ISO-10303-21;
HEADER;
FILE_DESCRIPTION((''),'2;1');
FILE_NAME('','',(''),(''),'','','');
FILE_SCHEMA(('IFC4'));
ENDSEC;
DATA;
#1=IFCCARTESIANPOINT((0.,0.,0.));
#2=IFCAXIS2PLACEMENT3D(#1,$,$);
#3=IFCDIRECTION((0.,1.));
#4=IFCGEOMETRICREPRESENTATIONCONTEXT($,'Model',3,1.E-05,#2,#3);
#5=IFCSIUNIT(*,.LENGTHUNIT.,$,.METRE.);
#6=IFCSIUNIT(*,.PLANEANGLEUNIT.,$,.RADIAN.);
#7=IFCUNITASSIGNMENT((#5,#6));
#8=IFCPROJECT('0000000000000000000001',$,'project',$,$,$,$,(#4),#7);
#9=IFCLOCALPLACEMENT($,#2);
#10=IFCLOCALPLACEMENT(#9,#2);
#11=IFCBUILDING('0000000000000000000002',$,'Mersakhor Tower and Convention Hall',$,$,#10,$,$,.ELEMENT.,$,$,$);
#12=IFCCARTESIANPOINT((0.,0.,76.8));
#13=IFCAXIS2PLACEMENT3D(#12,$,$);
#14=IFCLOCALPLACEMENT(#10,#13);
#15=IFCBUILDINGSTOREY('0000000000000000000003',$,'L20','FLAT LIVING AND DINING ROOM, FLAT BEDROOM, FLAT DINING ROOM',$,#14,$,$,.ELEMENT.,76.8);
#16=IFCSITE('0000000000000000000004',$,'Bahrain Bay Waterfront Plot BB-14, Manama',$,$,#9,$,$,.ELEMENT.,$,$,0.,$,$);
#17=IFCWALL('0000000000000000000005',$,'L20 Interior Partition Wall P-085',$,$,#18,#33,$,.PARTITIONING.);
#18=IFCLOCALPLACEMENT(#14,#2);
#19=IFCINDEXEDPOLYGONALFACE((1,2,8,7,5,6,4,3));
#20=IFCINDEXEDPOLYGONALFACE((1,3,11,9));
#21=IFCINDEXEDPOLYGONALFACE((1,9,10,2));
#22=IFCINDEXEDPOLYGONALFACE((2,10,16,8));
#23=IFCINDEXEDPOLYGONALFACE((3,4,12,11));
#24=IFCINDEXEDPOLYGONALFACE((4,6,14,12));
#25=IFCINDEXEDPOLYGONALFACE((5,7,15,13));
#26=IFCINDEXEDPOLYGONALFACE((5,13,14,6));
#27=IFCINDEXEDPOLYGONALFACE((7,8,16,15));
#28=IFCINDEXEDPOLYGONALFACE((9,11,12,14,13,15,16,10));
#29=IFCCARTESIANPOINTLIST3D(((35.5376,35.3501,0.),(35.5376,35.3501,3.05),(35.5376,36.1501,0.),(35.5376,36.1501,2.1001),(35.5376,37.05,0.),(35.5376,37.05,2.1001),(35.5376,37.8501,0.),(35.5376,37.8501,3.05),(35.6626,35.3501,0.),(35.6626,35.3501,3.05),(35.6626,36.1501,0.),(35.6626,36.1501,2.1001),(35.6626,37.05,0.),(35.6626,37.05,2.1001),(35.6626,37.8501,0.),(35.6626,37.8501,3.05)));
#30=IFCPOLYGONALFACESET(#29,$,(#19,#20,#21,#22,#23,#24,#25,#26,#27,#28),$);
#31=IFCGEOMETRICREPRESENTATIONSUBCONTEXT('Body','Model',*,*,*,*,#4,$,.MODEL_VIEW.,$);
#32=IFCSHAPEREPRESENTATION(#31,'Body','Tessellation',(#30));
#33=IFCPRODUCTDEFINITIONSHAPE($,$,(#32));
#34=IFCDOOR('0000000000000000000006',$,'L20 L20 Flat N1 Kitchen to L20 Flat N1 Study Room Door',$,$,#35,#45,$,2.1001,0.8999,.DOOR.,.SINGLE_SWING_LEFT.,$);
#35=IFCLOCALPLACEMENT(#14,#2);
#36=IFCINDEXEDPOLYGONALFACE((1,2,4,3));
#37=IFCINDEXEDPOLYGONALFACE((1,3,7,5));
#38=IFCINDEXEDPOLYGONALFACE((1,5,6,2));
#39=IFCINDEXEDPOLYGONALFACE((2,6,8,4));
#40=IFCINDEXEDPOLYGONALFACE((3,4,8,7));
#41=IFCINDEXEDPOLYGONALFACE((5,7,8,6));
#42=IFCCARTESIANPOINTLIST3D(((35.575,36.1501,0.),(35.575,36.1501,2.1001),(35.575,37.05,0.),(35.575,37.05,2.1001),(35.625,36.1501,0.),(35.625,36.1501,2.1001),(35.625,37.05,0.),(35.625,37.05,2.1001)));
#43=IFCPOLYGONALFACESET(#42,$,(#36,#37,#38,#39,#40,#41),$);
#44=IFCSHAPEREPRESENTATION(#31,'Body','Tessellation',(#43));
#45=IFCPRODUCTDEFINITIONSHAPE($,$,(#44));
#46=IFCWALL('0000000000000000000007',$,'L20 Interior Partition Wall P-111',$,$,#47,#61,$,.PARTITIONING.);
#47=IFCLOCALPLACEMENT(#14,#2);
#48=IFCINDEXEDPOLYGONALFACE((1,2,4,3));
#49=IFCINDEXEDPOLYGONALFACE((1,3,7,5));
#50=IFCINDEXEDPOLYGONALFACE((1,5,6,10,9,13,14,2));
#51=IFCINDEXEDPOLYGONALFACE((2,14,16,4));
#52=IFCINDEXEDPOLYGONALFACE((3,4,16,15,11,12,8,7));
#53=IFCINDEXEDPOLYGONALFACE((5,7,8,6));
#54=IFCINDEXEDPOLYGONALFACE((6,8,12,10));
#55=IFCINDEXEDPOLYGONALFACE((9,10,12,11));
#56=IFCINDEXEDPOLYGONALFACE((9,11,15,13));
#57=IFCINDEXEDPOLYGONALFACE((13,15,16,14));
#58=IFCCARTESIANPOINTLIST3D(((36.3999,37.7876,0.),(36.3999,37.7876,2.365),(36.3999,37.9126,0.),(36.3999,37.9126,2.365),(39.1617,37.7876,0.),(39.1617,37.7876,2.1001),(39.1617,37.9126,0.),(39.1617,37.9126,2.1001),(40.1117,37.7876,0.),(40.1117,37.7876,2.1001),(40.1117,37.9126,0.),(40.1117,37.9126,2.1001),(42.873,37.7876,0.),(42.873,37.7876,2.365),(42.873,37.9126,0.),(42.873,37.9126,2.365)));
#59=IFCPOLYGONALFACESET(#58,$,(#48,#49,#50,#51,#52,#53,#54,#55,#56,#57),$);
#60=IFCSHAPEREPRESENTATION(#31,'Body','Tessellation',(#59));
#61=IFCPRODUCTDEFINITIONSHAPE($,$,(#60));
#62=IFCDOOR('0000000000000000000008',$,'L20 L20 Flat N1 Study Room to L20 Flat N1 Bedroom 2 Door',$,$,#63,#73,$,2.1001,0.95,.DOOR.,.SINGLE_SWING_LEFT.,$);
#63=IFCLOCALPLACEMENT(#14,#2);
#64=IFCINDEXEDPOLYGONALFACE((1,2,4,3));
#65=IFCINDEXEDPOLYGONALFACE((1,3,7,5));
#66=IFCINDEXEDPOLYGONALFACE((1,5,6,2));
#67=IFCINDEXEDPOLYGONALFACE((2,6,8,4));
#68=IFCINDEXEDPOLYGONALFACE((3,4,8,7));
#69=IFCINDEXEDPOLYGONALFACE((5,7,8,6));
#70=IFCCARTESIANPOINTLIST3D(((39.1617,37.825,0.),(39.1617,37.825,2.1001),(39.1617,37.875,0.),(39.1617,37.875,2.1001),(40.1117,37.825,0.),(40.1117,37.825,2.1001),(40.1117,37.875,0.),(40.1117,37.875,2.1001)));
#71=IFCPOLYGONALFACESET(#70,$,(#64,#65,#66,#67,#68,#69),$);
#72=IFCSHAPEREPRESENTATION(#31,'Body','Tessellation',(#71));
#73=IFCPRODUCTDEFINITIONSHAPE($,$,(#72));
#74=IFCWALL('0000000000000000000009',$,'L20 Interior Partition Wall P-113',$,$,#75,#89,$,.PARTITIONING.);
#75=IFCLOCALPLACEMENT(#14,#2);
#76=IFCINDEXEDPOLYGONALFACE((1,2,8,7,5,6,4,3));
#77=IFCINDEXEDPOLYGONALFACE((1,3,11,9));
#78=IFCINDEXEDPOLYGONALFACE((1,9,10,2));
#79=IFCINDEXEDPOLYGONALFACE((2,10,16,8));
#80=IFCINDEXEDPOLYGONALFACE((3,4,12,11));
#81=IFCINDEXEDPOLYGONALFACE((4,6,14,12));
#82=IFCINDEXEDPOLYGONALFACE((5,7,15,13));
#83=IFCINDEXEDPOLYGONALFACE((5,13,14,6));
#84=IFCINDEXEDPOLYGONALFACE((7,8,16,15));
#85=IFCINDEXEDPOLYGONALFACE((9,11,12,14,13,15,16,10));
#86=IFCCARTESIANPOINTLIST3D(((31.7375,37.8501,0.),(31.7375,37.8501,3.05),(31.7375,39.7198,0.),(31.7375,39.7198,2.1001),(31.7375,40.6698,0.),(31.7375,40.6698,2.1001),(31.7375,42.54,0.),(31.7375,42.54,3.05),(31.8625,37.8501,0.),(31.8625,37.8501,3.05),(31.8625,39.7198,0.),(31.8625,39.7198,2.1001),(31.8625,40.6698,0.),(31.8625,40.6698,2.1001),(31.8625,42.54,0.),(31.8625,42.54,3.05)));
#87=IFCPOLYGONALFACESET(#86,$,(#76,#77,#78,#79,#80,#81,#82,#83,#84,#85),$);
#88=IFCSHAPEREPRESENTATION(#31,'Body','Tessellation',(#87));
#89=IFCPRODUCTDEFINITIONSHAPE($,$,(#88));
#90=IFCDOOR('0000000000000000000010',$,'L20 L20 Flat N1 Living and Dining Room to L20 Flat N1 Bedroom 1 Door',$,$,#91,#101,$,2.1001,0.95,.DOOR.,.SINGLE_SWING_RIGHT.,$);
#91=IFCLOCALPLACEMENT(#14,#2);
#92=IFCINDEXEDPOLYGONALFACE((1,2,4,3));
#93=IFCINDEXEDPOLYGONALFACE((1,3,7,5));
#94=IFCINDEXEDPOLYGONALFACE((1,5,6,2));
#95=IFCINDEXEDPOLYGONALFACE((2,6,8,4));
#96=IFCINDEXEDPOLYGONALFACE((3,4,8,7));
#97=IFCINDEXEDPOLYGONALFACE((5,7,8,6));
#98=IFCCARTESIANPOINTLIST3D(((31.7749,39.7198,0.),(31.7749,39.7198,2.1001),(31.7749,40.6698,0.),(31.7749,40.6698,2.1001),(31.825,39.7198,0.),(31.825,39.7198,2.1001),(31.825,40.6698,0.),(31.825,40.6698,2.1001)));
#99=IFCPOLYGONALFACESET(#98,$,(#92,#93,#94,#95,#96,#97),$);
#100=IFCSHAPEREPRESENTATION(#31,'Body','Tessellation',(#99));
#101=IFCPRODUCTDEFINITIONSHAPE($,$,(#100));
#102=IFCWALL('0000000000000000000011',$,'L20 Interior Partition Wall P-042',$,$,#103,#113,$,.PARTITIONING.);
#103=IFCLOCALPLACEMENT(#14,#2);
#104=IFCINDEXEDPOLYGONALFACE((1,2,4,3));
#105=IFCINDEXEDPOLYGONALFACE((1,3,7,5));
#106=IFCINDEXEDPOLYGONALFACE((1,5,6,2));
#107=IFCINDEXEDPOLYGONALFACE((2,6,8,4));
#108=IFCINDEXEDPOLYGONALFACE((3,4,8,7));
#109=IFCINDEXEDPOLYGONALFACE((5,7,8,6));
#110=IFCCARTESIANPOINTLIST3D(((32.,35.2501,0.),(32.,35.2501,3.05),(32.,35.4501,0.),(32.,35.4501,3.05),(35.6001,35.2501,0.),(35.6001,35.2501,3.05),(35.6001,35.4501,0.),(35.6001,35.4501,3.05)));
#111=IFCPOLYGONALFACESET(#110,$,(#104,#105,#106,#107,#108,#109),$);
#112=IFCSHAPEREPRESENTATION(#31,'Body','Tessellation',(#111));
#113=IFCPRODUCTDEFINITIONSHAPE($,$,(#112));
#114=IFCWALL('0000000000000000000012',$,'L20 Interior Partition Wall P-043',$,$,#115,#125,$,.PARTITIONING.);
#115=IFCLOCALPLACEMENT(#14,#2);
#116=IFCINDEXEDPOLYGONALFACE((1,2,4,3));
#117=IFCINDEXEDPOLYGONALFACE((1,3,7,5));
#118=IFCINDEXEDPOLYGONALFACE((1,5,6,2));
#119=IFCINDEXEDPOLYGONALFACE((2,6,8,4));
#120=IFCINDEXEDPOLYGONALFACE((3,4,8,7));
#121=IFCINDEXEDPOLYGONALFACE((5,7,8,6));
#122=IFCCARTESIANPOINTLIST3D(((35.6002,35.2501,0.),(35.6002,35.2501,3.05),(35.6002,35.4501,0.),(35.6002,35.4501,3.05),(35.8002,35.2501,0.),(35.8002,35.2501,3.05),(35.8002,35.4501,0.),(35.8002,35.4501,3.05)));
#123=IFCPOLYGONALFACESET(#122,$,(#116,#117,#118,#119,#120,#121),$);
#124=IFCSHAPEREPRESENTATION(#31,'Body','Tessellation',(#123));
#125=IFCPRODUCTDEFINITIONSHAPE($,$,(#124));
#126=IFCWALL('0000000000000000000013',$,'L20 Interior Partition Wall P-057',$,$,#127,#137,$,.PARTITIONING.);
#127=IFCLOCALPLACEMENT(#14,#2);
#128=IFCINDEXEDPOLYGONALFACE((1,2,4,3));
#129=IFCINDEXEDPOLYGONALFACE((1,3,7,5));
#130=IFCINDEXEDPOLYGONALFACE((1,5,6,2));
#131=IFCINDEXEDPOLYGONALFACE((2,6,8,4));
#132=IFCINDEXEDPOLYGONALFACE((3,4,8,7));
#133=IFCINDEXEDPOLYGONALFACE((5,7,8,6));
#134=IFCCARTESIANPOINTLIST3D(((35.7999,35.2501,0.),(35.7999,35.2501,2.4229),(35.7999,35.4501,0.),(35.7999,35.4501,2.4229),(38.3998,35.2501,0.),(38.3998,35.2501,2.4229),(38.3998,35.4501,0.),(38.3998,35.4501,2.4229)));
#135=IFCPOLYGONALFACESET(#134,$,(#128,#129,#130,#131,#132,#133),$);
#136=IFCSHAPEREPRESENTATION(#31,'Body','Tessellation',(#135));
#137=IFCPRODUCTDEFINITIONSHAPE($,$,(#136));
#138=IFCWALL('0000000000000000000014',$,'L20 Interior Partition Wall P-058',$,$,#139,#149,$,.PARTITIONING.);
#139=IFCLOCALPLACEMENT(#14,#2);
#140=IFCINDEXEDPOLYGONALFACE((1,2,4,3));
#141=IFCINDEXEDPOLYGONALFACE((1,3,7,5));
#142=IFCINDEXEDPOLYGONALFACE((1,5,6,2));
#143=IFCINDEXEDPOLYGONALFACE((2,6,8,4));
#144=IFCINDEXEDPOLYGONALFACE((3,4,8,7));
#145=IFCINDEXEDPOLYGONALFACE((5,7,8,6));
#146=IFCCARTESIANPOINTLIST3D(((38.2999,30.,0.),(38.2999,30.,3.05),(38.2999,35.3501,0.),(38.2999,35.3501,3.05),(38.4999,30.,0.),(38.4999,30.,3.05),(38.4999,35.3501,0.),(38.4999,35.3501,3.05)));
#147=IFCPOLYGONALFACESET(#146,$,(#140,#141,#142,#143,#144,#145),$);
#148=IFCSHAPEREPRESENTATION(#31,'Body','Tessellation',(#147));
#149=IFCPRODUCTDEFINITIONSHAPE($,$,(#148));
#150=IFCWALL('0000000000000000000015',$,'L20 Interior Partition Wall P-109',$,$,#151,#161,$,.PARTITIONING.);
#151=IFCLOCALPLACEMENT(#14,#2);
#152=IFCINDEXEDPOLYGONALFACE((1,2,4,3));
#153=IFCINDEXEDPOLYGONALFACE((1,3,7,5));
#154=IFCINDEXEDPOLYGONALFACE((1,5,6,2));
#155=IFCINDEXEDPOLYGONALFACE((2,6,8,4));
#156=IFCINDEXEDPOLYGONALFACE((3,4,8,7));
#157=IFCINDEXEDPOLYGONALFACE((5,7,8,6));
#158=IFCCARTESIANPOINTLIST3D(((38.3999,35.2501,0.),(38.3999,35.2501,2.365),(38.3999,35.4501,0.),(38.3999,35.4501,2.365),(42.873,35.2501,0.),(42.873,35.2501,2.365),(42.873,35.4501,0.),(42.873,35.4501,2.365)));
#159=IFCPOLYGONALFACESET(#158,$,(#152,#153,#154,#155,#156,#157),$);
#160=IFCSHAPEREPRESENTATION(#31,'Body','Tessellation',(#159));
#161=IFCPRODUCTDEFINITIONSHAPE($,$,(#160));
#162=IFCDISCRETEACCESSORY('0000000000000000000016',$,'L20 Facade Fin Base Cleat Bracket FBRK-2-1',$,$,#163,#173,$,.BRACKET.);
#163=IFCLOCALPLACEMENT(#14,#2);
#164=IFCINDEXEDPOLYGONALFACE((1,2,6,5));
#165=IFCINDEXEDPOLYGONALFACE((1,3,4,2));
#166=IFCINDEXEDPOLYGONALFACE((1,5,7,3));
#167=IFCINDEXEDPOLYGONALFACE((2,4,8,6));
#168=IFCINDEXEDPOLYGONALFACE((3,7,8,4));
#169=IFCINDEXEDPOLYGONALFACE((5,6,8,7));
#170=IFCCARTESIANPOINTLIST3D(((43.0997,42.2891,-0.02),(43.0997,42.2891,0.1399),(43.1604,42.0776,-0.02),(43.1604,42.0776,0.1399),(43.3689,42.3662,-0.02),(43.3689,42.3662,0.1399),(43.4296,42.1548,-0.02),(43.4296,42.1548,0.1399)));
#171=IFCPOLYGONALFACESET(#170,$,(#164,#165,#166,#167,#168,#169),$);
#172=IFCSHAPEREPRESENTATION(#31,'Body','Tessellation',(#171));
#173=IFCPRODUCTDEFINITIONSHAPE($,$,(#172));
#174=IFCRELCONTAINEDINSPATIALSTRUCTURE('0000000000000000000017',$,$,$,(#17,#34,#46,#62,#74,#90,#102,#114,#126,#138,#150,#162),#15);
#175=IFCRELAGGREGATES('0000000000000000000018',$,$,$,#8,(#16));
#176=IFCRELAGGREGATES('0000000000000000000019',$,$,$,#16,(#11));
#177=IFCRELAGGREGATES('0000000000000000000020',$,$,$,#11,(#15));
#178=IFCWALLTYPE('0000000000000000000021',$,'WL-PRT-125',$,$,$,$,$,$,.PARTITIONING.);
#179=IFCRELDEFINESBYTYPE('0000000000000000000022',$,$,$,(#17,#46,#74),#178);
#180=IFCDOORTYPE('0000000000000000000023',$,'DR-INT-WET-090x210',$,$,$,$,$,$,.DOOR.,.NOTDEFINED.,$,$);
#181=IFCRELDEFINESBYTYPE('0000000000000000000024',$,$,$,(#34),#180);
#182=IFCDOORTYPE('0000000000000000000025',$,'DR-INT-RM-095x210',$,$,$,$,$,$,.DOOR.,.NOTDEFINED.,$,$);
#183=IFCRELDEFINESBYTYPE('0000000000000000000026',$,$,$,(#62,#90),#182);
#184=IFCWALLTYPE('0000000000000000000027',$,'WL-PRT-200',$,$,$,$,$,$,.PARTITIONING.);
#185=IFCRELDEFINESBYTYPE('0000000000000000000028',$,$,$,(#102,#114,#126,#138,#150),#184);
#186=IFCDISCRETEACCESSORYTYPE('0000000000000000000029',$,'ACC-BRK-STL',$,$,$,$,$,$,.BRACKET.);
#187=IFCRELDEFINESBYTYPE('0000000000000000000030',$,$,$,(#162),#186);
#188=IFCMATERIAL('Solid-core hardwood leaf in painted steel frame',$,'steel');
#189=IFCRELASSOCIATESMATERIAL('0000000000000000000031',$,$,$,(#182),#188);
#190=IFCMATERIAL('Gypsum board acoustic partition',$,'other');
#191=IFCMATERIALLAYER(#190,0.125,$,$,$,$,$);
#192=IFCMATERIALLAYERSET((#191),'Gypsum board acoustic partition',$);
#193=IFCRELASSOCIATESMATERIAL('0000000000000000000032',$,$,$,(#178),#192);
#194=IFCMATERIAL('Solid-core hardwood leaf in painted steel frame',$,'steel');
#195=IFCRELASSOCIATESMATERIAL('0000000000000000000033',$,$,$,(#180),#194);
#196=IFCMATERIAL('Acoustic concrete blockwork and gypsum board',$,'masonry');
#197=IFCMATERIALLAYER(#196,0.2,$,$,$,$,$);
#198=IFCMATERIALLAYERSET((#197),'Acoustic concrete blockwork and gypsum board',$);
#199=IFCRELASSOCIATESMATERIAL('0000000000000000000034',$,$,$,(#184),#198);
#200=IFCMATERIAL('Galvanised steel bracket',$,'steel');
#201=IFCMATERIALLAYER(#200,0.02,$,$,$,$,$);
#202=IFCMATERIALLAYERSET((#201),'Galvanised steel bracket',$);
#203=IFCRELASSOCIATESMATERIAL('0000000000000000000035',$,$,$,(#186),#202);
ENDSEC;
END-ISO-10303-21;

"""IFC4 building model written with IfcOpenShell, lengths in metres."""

from ifc_helpers import new_model, si_unit, direction, frame, frame_2d, origin, origin_2d, place, context, subcontext, project, spatial, rectangle, extrude, material, layer, layer_set, type_object, element, fill, save


model = new_model("IFC4")

# Units and contexts
model_context = context("Model", 3, precision=1e-05, world=origin(), true_north=direction((0.0, 1.0)))
body_context = subcontext(model_context, "Body", "Model", "MODEL_VIEW")
ifc_project = project(units=[si_unit("LENGTHUNIT", "METRE"), si_unit("PLANEANGLEUNIT", "RADIAN")], contexts=[model_context])

# Site, building, storey
site_placement = place(None, origin())
site = spatial("IfcSite", under=ifc_project, at=site_placement, Name="Bahrain Bay Waterfront Plot BB-14, Manama", CompositionType="ELEMENT", RefElevation=0.0)
building_placement = place(site_placement, origin())
building = spatial("IfcBuilding", under=site, at=building_placement, Name="Mersakhor Tower and Convention Hall", CompositionType="ELEMENT")
storey_placement = place(building_placement, frame((0.0, 0.0, 76.8)))
storey = spatial("IfcBuildingStorey", under=building, at=storey_placement, Name="L20", Description="FLAT LIVING AND DINING ROOM, FLAT BEDROOM, FLAT DINING ROOM", CompositionType="ELEMENT", Elevation=76.8)

# Shared definitions
ifc_material_1 = material(Name="Solid-core hardwood leaf in painted steel frame", Category="steel")
door_type_1 = type_object("IfcDoorType", Name="DR-INT-RM-095x210", OperationType="NOTDEFINED", PredefinedType="DOOR", material=ifc_material_1)

# Shared definitions
ifc_material_2 = material(Name="Gypsum board acoustic partition", Category="other")
ifc_layer_1 = layer(ifc_material_2, 0.125)
ifc_layer_set_1 = layer_set([ifc_layer_1], Name="Gypsum board acoustic partition")
wall_type_1 = type_object("IfcWallType", Name="WL-PRT-125", PredefinedType="PARTITIONING", material=ifc_layer_set_1)

# Walls, openings, doors
wall_1_placement = place(storey_placement, frame((35.6001, 37.8501, 0.0), z_axis=(0.0, 0.0, 1.0), x_axis=(0.0, -1.0, 0.0)))
wall_1 = element("IfcWall", 1, at=wall_1_placement, inside=storey, type_object=wall_type_1, Name="L20 Interior Partition Wall P-085", PredefinedType="PARTITIONING", context=body_context, shape_type="SweptSolid", body=[
    extrude(rectangle(XDim=2.5, YDim=0.125, at=frame_2d((1.25, 0.0))), origin(), (0.0, 0.0, 1.0), 3.05),
])
opening_1_placement = place(wall_1_placement, frame((0.8, 0.0, 0.0)))
opening_1 = element("IfcOpeningElement", 2, at=opening_1_placement, cuts=wall_1, PredefinedType="OPENING", context=body_context, shape_type="SweptSolid", body=[
    extrude(rectangle(XDim=0.8999, YDim=2.1001, at=frame_2d((0.45, 1.05))), frame((0.0, 0.0725, 0.0), z_axis=(0.0, -1.0, 0.0), x_axis=(1.0, 0.0, 0.0)), (0.0, 0.0, 1.0), 0.145),
])
ifc_material_3 = material(Name="Solid-core hardwood leaf in painted steel frame", Category="steel")
door_type_2 = type_object("IfcDoorType", Name="DR-INT-WET-090x210", OperationType="NOTDEFINED", PredefinedType="DOOR", material=ifc_material_3)
door_1_placement = place(opening_1_placement, origin())
door_1 = element("IfcDoor", 3, at=door_1_placement, inside=storey, type_object=door_type_2, Name="L20 L20 Flat N1 Kitchen to L20 Flat N1 Study Room Door", OperationType="SINGLE_SWING_LEFT", OverallHeight=2.1001, OverallWidth=0.8999, PredefinedType="DOOR", context=body_context, shape_type="SweptSolid", body=[
    extrude(rectangle(XDim=0.8999, YDim=2.1001, at=frame_2d((0.45, 1.05))), frame((0.0, 0.0249, 0.0), z_axis=(0.0, -1.0, 0.0), x_axis=(1.0, 0.0, 0.0)), (0.0, 0.0, 1.0), 0.05),
])
fill(opening_1, door_1)
wall_2_placement = place(storey_placement, frame((36.3999, 37.8501, 0.0), z_axis=(0.0, 0.0, 1.0), x_axis=(1.0, 0.0, 0.0)))
wall_2 = element("IfcWall", 4, at=wall_2_placement, inside=storey, type_object=wall_type_1, Name="L20 Interior Partition Wall P-111", PredefinedType="PARTITIONING", context=body_context, shape_type="SweptSolid", body=[
    extrude(rectangle(XDim=6.4731, YDim=0.125, at=frame_2d((3.2366, 0.0))), origin(), (0.0, 0.0, 1.0), 2.365),
])
opening_2_placement = place(wall_2_placement, frame((2.7617, 0.0, 0.0)))
opening_2 = element("IfcOpeningElement", 5, at=opening_2_placement, cuts=wall_2, PredefinedType="OPENING", context=body_context, shape_type="SweptSolid", body=[
    extrude(rectangle(XDim=0.95, YDim=2.1001, at=frame_2d((0.4751, 1.05))), frame((0.0, 0.0725, 0.0), z_axis=(0.0, -1.0, 0.0), x_axis=(1.0, 0.0, 0.0)), (0.0, 0.0, 1.0), 0.145),
])
door_2_placement = place(opening_2_placement, origin())
door_2 = element("IfcDoor", 6, at=door_2_placement, inside=storey, type_object=door_type_1, Name="L20 L20 Flat N1 Study Room to L20 Flat N1 Bedroom 2 Door", OperationType="SINGLE_SWING_LEFT", OverallHeight=2.1001, OverallWidth=0.95, PredefinedType="DOOR", context=body_context, shape_type="SweptSolid", body=[
    extrude(rectangle(XDim=0.95, YDim=2.1001, at=frame_2d((0.4751, 1.05))), frame((0.0, 0.0249, 0.0), z_axis=(0.0, -1.0, 0.0), x_axis=(1.0, 0.0, 0.0)), (0.0, 0.0, 1.0), 0.05),
])
fill(opening_2, door_2)
wall_3_placement = place(storey_placement, frame((31.8, 42.54, 0.0), z_axis=(0.0, 0.0, 1.0), x_axis=(0.0, -1.0, 0.0)))
wall_3 = element("IfcWall", 7, at=wall_3_placement, inside=storey, type_object=wall_type_1, Name="L20 Interior Partition Wall P-113", PredefinedType="PARTITIONING", context=body_context, shape_type="SweptSolid", body=[
    extrude(rectangle(XDim=4.6899, YDim=0.125, at=frame_2d((2.345, 0.0))), origin(), (0.0, 0.0, 1.0), 3.05),
])
opening_3_placement = place(wall_3_placement, frame((1.8701, 0.0, 0.0)))
opening_3 = element("IfcOpeningElement", 8, at=opening_3_placement, cuts=wall_3, PredefinedType="OPENING", context=body_context, shape_type="SweptSolid", body=[
    extrude(rectangle(XDim=0.95, YDim=2.1001, at=frame_2d((0.4751, 1.05))), frame((0.0, 0.0725, 0.0), z_axis=(0.0, -1.0, 0.0), x_axis=(1.0, 0.0, 0.0)), (0.0, 0.0, 1.0), 0.145),
])
door_3_placement = place(opening_3_placement, origin())
door_3 = element("IfcDoor", 9, at=door_3_placement, inside=storey, type_object=door_type_1, Name="L20 L20 Flat N1 Living and Dining Room to L20 Flat N1 Bedroom 1 Door", OperationType="SINGLE_SWING_RIGHT", OverallHeight=2.1001, OverallWidth=0.95, PredefinedType="DOOR", context=body_context, shape_type="SweptSolid", body=[
    extrude(rectangle(XDim=0.95, YDim=2.1001, at=frame_2d((0.4751, 1.05))), frame((0.0, 0.0249, 0.0), z_axis=(0.0, -1.0, 0.0), x_axis=(1.0, 0.0, 0.0)), (0.0, 0.0, 1.0), 0.05),
])
fill(opening_3, door_3)

# Walls
ifc_material_4 = material(Name="Acoustic concrete blockwork and gypsum board", Category="masonry")
ifc_layer_2 = layer(ifc_material_4, 0.2)
ifc_layer_set_2 = layer_set([ifc_layer_2], Name="Acoustic concrete blockwork and gypsum board")
wall_type_2 = type_object("IfcWallType", Name="WL-PRT-200", PredefinedType="PARTITIONING", material=ifc_layer_set_2)
wall_4_placement = place(storey_placement, frame((32.0, 35.3501, 0.0), z_axis=(0.0, 0.0, 1.0), x_axis=(1.0, 0.0, 0.0)))
element("IfcWall", 10, at=wall_4_placement, inside=storey, type_object=wall_type_2, Name="L20 Interior Partition Wall P-042", PredefinedType="PARTITIONING", context=body_context, shape_type="SweptSolid", body=[
    extrude(rectangle(XDim=3.6001, YDim=0.2, at=frame_2d((1.8, 0.0))), origin(), (0.0, 0.0, 1.0), 3.05),
])
wall_5_placement = place(storey_placement, frame((35.6001, 35.3501, 0.0), z_axis=(0.0, 0.0, 1.0), x_axis=(1.0, 0.0, 0.0)))
element("IfcWall", 11, at=wall_5_placement, inside=storey, type_object=wall_type_2, Name="L20 Interior Partition Wall P-043", PredefinedType="PARTITIONING", context=body_context, shape_type="SweptSolid", body=[
    extrude(rectangle(XDim=0.2, YDim=0.2, at=frame_2d((0.1001, 0.0))), origin(), (0.0, 0.0, 1.0), 3.05),
])

# Walls
wall_6_placement = place(storey_placement, frame((35.8, 35.3501, 0.0), z_axis=(0.0, 0.0, 1.0), x_axis=(1.0, 0.0, 0.0)))
element("IfcWall", 12, at=wall_6_placement, inside=storey, type_object=wall_type_2, Name="L20 Interior Partition Wall P-057", PredefinedType="PARTITIONING", context=body_context, shape_type="SweptSolid", body=[
    extrude(rectangle(XDim=2.5999, YDim=0.2, at=frame_2d((1.2998, 0.0))), origin(), (0.0, 0.0, 1.0), 2.4229),
])
wall_7_placement = place(storey_placement, frame((38.3999, 35.3501, 0.0), z_axis=(0.0, 0.0, 1.0), x_axis=(0.0, -1.0, 0.0)))
element("IfcWall", 13, at=wall_7_placement, inside=storey, type_object=wall_type_2, Name="L20 Interior Partition Wall P-058", PredefinedType="PARTITIONING", context=body_context, shape_type="SweptSolid", body=[
    extrude(rectangle(XDim=5.3501, YDim=0.2, at=frame_2d((2.675, 0.0))), origin(), (0.0, 0.0, 1.0), 3.05),
])
wall_8_placement = place(storey_placement, frame((42.873, 35.3501, 0.0), z_axis=(0.0, 0.0, 1.0), x_axis=(-1.0, 0.0, 0.0)))
element("IfcWall", 14, at=wall_8_placement, inside=storey, type_object=wall_type_2, Name="L20 Interior Partition Wall P-109", PredefinedType="PARTITIONING", context=body_context, shape_type="SweptSolid", body=[
    extrude(rectangle(XDim=4.4731, YDim=0.2, at=frame_2d((2.2366, 0.0))), origin(), (0.0, 0.0, 1.0), 2.365),
])

# Discrete accessory
ifc_material_5 = material(Name="Galvanised steel bracket", Category="steel")
ifc_layer_3 = layer(ifc_material_5, 0.02)
ifc_layer_set_3 = layer_set([ifc_layer_3], Name="Galvanised steel bracket")
discrete_accessory_type = type_object("IfcDiscreteAccessoryType", Name="ACC-BRK-STL", PredefinedType="BRACKET", material=ifc_layer_set_3)
for number, where, z_axis, x_axis, name in (
    (15, (43.2646, 42.2219, -0.02), (0.0, 0.0, 1.0), (0.961262, 0.275637, 0.0), "L20 Facade Fin Base Cleat Bracket FBRK-2-1"),
):
    element("IfcDiscreteAccessory", number, at=place(storey_placement, frame(where, z_axis=z_axis, x_axis=x_axis)), inside=storey, type_object=discrete_accessory_type, Name=name, PredefinedType="BRACKET", context=body_context, shape_type="SweptSolid", body=[
        extrude(rectangle(XDim=0.28, YDim=0.22, at=origin_2d()), origin(), (0.0, 0.0, 1.0), 0.1599),
    ])

save(model, "model.ifc")
